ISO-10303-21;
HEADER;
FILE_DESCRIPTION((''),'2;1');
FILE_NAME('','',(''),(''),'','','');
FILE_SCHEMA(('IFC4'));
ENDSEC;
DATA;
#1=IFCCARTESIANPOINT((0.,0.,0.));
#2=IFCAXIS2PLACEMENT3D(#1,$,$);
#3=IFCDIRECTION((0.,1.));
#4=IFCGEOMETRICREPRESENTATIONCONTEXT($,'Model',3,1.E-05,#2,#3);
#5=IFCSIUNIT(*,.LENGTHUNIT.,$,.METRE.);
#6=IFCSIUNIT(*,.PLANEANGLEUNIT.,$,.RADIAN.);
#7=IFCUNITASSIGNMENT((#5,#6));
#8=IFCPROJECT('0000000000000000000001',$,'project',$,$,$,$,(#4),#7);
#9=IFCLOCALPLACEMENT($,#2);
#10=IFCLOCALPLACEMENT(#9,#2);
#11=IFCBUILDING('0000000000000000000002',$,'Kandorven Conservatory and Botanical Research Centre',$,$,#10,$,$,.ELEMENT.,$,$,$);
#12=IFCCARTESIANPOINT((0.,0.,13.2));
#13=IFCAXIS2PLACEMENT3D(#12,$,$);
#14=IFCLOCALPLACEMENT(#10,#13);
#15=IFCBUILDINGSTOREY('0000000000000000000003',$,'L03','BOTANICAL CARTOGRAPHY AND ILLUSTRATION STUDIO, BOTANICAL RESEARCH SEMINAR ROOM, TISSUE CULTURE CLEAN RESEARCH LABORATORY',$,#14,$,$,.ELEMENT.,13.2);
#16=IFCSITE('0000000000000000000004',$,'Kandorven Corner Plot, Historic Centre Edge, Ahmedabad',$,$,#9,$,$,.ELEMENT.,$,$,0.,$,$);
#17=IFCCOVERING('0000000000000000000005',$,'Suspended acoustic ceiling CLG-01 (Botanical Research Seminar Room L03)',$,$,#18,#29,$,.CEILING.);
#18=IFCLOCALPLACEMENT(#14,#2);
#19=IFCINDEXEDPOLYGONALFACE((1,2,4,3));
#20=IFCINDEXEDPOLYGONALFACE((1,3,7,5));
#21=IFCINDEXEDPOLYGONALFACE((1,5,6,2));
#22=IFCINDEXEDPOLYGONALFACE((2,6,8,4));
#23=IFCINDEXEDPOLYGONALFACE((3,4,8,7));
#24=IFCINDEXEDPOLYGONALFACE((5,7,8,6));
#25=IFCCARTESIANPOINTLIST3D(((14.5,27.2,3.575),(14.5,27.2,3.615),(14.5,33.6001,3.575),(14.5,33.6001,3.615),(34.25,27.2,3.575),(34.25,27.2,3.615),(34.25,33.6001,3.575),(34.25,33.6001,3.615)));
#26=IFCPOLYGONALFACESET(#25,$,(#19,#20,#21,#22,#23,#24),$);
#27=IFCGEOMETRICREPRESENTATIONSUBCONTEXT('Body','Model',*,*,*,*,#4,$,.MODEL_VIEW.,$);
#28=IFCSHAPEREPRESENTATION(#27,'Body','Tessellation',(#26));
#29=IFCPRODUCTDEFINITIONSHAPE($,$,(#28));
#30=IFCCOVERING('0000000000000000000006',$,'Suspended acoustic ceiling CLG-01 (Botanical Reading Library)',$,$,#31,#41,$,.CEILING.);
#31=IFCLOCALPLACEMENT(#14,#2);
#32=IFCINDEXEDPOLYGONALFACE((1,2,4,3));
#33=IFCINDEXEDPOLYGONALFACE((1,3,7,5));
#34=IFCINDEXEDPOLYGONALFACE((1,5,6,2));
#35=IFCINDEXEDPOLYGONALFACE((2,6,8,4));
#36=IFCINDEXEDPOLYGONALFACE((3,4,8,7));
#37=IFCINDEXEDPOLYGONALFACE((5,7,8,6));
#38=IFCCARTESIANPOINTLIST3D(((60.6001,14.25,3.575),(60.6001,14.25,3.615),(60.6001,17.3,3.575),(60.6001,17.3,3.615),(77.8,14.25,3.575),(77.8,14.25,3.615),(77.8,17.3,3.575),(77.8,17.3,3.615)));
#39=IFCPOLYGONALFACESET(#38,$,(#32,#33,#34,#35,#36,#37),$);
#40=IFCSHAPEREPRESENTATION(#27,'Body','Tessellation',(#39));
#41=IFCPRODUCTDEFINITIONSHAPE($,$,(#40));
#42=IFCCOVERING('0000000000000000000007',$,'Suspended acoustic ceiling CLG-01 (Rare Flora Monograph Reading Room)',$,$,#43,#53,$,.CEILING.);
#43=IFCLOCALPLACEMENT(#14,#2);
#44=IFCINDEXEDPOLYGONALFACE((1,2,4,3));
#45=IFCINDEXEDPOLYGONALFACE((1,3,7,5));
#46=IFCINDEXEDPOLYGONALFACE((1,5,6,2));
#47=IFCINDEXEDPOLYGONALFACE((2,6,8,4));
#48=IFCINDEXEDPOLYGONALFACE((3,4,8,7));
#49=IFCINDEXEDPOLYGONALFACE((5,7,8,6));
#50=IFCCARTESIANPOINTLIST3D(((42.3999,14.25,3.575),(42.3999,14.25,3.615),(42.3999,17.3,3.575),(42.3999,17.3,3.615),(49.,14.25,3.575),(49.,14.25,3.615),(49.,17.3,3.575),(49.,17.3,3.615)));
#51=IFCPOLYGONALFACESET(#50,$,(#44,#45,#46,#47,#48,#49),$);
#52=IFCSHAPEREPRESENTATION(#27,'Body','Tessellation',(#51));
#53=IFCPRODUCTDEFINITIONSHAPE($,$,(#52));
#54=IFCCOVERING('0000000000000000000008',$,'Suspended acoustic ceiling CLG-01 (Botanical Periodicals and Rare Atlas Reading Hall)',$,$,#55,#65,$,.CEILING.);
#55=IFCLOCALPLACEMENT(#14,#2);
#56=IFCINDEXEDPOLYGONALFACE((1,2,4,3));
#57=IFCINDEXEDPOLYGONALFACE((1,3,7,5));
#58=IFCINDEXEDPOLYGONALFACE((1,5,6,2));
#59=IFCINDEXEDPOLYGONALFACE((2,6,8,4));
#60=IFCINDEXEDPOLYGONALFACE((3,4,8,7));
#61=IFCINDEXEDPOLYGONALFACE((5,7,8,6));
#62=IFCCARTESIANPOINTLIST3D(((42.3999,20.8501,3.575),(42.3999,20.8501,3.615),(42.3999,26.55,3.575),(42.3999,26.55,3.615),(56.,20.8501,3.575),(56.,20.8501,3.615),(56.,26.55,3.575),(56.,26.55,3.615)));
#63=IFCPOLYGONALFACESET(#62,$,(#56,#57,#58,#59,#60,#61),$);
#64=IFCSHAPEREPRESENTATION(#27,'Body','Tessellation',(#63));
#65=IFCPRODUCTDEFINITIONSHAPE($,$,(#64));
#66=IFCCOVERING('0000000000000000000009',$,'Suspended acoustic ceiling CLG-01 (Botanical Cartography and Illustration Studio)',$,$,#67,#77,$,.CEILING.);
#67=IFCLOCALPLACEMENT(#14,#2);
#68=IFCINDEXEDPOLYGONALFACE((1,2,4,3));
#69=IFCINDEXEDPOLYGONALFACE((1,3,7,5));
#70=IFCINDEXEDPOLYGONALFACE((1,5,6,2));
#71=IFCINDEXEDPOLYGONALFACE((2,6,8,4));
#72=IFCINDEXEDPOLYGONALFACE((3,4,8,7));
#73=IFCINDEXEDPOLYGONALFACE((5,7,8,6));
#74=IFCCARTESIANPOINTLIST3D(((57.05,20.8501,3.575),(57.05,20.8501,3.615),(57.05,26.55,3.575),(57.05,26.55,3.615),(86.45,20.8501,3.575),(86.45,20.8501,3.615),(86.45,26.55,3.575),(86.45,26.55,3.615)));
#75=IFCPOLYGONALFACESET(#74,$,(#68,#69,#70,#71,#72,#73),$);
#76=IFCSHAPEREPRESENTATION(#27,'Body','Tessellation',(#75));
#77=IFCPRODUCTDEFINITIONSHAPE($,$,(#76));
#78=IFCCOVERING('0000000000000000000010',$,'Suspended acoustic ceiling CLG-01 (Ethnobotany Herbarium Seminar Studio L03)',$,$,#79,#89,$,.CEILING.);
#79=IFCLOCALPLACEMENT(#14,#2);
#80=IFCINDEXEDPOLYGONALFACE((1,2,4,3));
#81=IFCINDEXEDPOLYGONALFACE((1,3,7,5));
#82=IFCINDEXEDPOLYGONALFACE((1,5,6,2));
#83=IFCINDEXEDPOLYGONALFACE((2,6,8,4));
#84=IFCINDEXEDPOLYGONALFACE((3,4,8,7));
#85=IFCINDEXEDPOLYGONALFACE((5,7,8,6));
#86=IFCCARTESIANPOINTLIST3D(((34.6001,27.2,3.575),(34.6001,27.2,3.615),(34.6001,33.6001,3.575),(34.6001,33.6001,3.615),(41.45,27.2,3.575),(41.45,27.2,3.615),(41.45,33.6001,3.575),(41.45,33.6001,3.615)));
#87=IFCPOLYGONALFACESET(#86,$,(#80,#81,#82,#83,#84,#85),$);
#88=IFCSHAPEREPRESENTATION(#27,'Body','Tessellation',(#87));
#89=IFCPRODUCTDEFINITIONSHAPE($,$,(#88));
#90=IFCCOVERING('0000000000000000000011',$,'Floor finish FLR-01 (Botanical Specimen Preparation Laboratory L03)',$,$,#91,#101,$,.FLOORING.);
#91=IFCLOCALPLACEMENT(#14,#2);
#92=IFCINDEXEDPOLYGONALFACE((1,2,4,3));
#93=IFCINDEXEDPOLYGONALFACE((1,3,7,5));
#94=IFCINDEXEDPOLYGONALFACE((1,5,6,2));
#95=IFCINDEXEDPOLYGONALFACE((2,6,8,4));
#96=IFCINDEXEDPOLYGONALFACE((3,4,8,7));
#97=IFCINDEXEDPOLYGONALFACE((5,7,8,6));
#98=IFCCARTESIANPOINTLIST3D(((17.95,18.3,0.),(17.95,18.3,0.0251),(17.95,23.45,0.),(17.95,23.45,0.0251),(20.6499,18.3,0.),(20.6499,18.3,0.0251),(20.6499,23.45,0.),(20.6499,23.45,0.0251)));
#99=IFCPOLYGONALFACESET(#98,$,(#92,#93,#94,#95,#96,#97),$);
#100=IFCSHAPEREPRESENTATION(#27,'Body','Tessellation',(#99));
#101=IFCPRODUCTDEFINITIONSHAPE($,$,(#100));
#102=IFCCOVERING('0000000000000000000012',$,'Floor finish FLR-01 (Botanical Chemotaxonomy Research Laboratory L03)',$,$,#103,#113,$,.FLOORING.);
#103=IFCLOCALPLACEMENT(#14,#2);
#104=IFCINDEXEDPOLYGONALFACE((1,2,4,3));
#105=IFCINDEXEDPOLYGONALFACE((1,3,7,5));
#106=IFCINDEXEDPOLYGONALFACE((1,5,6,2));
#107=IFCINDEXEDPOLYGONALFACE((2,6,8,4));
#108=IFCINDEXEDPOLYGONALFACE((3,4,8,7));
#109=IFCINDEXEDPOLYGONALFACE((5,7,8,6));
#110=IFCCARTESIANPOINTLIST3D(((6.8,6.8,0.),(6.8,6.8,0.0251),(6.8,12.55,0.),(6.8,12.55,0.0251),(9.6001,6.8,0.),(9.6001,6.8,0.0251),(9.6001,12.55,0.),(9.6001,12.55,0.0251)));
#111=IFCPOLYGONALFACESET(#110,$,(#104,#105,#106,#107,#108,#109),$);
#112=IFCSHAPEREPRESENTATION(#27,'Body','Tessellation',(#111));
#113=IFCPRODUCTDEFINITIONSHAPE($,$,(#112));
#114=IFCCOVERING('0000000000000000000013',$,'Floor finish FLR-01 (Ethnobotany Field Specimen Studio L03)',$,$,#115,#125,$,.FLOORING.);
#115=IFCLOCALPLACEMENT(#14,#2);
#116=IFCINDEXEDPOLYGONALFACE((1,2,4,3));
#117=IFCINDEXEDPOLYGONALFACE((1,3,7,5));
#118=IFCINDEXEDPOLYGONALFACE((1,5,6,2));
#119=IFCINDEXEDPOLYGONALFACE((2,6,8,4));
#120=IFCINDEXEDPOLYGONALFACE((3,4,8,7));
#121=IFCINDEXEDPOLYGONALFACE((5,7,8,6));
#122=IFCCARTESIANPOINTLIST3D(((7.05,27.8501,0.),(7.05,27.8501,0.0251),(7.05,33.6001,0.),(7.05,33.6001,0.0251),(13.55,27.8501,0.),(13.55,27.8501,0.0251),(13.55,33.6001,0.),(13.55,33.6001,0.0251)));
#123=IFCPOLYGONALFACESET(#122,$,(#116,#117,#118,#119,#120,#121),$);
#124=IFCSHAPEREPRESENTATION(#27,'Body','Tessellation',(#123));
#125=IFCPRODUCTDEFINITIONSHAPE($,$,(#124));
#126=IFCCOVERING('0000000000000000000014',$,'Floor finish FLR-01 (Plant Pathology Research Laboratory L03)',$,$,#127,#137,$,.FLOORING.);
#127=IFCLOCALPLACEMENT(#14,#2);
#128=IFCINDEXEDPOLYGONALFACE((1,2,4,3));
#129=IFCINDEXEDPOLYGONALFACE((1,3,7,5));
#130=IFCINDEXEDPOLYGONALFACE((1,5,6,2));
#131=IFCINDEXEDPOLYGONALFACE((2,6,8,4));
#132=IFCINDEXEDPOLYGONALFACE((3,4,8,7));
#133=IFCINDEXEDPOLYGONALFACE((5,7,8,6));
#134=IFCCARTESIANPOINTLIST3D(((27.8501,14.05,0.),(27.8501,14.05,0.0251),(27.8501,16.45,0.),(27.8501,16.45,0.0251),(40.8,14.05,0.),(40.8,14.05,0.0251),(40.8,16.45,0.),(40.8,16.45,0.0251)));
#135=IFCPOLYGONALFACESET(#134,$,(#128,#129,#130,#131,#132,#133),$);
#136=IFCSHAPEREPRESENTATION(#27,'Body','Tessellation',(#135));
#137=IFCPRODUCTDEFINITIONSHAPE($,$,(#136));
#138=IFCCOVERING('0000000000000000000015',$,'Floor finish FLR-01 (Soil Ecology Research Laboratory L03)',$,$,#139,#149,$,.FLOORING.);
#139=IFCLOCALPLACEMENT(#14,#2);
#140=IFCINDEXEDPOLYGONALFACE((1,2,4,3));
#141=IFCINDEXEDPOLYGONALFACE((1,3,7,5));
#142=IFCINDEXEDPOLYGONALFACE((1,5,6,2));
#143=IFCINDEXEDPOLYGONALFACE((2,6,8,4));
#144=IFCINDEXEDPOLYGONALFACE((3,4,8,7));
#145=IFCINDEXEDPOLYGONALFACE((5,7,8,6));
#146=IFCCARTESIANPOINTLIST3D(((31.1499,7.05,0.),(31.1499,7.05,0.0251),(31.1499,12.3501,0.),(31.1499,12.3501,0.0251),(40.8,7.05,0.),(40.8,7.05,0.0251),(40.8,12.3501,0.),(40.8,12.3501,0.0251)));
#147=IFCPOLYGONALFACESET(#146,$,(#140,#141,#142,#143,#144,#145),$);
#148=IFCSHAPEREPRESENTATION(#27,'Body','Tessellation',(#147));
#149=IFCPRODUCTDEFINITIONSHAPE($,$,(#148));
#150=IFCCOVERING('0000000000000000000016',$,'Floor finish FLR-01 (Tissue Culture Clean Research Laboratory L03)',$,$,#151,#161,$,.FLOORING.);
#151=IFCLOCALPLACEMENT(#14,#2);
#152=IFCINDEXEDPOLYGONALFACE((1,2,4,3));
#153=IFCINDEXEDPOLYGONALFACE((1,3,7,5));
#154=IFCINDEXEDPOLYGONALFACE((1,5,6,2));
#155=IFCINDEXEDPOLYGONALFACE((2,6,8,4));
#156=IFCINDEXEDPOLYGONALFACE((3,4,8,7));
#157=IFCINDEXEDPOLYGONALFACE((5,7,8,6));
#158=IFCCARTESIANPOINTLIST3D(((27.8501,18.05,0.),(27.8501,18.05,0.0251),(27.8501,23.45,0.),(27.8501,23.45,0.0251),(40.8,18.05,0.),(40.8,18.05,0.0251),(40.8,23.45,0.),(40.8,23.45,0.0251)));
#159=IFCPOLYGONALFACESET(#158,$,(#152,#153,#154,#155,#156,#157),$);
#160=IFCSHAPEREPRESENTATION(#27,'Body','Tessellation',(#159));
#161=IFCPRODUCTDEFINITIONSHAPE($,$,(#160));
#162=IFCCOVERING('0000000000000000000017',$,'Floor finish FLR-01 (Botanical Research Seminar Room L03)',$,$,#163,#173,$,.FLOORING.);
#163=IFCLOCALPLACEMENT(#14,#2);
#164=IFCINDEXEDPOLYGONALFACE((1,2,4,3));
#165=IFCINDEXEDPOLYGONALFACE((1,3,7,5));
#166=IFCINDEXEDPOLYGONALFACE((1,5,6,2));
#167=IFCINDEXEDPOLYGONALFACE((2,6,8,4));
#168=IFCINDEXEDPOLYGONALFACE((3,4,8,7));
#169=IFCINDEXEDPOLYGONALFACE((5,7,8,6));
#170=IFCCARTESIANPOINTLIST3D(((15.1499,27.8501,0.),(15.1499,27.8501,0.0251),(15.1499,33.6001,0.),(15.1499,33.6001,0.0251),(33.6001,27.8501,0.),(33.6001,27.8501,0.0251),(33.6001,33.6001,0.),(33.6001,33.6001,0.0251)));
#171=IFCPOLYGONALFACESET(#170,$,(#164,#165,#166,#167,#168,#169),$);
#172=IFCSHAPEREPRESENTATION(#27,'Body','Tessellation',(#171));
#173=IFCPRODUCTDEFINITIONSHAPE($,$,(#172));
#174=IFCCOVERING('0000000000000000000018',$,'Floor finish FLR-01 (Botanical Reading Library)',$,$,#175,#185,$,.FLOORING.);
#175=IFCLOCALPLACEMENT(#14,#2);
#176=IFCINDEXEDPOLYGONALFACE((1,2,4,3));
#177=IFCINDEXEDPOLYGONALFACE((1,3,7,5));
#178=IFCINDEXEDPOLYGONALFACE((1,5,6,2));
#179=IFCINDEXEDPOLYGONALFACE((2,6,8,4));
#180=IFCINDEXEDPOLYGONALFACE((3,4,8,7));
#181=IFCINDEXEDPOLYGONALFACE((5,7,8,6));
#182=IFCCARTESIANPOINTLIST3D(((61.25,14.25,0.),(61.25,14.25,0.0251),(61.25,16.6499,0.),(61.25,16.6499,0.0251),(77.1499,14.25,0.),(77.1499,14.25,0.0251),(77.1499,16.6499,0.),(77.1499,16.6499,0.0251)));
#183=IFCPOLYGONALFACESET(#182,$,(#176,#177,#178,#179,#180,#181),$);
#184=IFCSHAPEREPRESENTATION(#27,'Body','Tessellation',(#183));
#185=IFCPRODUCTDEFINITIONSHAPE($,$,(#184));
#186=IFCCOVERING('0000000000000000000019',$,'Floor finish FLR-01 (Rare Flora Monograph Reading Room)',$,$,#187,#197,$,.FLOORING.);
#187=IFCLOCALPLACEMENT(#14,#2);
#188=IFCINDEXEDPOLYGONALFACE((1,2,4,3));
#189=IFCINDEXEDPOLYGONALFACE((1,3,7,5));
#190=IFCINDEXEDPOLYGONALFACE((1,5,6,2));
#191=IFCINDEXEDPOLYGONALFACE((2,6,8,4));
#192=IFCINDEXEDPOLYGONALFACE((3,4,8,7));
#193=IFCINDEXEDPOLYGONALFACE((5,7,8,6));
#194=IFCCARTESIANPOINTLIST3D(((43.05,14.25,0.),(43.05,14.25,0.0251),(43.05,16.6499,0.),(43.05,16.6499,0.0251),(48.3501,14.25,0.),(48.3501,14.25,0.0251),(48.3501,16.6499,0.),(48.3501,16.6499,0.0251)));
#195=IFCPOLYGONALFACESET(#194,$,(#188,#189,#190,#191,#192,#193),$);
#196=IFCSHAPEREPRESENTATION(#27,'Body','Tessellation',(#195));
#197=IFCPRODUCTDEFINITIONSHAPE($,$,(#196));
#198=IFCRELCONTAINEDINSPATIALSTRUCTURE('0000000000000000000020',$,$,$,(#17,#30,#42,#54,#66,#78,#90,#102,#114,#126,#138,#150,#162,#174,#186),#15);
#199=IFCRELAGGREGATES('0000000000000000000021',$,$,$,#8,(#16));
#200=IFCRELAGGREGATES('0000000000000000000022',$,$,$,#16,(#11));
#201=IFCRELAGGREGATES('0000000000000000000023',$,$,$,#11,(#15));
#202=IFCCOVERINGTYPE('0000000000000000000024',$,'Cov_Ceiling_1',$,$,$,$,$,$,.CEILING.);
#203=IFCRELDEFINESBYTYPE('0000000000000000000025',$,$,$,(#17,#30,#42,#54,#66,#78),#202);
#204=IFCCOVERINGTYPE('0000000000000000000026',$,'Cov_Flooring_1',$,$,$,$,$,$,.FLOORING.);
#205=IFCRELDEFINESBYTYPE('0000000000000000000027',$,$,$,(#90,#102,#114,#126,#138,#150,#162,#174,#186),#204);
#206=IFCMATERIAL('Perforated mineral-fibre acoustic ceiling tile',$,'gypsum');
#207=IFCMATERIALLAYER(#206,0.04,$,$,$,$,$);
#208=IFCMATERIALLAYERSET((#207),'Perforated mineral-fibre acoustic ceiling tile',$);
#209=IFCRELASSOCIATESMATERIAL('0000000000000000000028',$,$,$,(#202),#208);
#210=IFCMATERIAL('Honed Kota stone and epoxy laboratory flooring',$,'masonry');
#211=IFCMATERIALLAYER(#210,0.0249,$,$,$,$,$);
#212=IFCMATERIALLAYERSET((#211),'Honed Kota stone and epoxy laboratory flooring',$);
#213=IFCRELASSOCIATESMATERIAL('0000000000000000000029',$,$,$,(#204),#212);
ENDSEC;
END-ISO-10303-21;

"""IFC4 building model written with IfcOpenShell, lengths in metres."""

from ifc_helpers import new_model, si_unit, direction, frame, origin, place, context, subcontext, project, spatial, polyline, outline, extrude, material, layer, layer_set, type_object, element, save


model = new_model("IFC4")

# Units and contexts
model_context = context("Model", 3, precision=1e-05, world=origin(), true_north=direction((0.0, 1.0)))
body_context = subcontext(model_context, "Body", "Model", "MODEL_VIEW")
ifc_project = project(units=[si_unit("LENGTHUNIT", "METRE"), si_unit("PLANEANGLEUNIT", "RADIAN")], contexts=[model_context])

# Site, building, storey
site_placement = place(None, origin())
site = spatial("IfcSite", under=ifc_project, at=site_placement, Name="Kandorven Corner Plot, Historic Centre Edge, Ahmedabad", CompositionType="ELEMENT", RefElevation=0.0)
building_placement = place(site_placement, origin())
building = spatial("IfcBuilding", under=site, at=building_placement, Name="Kandorven Conservatory and Botanical Research Centre", CompositionType="ELEMENT")
storey_placement = place(building_placement, frame((0.0, 0.0, 13.2)))
storey = spatial("IfcBuildingStorey", under=building, at=storey_placement, Name="L03", Description="BOTANICAL CARTOGRAPHY AND ILLUSTRATION STUDIO, BOTANICAL RESEARCH SEMINAR ROOM, TISSUE CULTURE CLEAN RESEARCH LABORATORY", CompositionType="ELEMENT", Elevation=13.2)

# Coverings
ifc_material_1 = material(Name="Perforated mineral-fibre acoustic ceiling tile", Category="gypsum")
ifc_layer_1 = layer(ifc_material_1, 0.04)
ifc_layer_set_1 = layer_set([ifc_layer_1], Name="Perforated mineral-fibre acoustic ceiling tile")
covering_type_1 = type_object("IfcCoveringType", Name="Cov_Ceiling_1", PredefinedType="CEILING", material=ifc_layer_set_1)
covering_1_placement = place(storey_placement, frame((0.0, 0.0, 3.575)))
element("IfcCovering", 1, at=covering_1_placement, inside=storey, type_object=covering_type_1, Name="Suspended acoustic ceiling CLG-01 (Botanical Research Seminar Room L03)", PredefinedType="CEILING", context=body_context, shape_type="SweptSolid", body=[
    extrude(outline(polyline([(14.5, 27.2), (34.25, 27.2), (34.25, 33.6001), (14.5, 33.6001), (14.5, 27.2)])), origin(), (0.0, 0.0, 1.0), 0.04),
])
covering_2_placement = place(storey_placement, frame((0.0, 0.0, 3.575)))
element("IfcCovering", 2, at=covering_2_placement, inside=storey, type_object=covering_type_1, Name="Suspended acoustic ceiling CLG-01 (Botanical Reading Library)", PredefinedType="CEILING", context=body_context, shape_type="SweptSolid", body=[
    extrude(outline(polyline([(60.6001, 14.25), (77.8, 14.25), (77.8, 17.3), (60.6001, 17.3), (60.6001, 14.25)])), origin(), (0.0, 0.0, 1.0), 0.04),
])
covering_3_placement = place(storey_placement, frame((0.0, 0.0, 3.575)))
element("IfcCovering", 3, at=covering_3_placement, inside=storey, type_object=covering_type_1, Name="Suspended acoustic ceiling CLG-01 (Rare Flora Monograph Reading Room)", PredefinedType="CEILING", context=body_context, shape_type="SweptSolid", body=[
    extrude(outline(polyline([(42.3999, 14.25), (49.0, 14.25), (49.0, 17.3), (42.3999, 17.3), (42.3999, 14.25)])), origin(), (0.0, 0.0, 1.0), 0.04),
])
covering_4_placement = place(storey_placement, frame((0.0, 0.0, 3.575)))
element("IfcCovering", 4, at=covering_4_placement, inside=storey, type_object=covering_type_1, Name="Suspended acoustic ceiling CLG-01 (Botanical Periodicals and Rare Atlas Reading Hall)", PredefinedType="CEILING", context=body_context, shape_type="SweptSolid", body=[
    extrude(outline(polyline([(42.3999, 20.8501), (56.0, 20.8501), (56.0, 26.55), (42.3999, 26.55), (42.3999, 20.8501)])), origin(), (0.0, 0.0, 1.0), 0.04),
])
covering_5_placement = place(storey_placement, frame((0.0, 0.0, 3.575)))
element("IfcCovering", 5, at=covering_5_placement, inside=storey, type_object=covering_type_1, Name="Suspended acoustic ceiling CLG-01 (Botanical Cartography and Illustration Studio)", PredefinedType="CEILING", context=body_context, shape_type="SweptSolid", body=[
    extrude(outline(polyline([(57.05, 20.8501), (86.45, 20.8501), (86.45, 26.55), (57.05, 26.55), (57.05, 20.8501)])), origin(), (0.0, 0.0, 1.0), 0.04),
])
covering_6_placement = place(storey_placement, frame((0.0, 0.0, 3.575)))
element("IfcCovering", 6, at=covering_6_placement, inside=storey, type_object=covering_type_1, Name="Suspended acoustic ceiling CLG-01 (Ethnobotany Herbarium Seminar Studio L03)", PredefinedType="CEILING", context=body_context, shape_type="SweptSolid", body=[
    extrude(outline(polyline([(34.6001, 27.2), (41.45, 27.2), (41.45, 33.6001), (34.6001, 33.6001), (34.6001, 27.2)])), origin(), (0.0, 0.0, 1.0), 0.04),
])
ifc_material_2 = material(Name="Honed Kota stone and epoxy laboratory flooring", Category="masonry")
ifc_layer_2 = layer(ifc_material_2, 0.0249)
ifc_layer_set_2 = layer_set([ifc_layer_2], Name="Honed Kota stone and epoxy laboratory flooring")
covering_type_2 = type_object("IfcCoveringType", Name="Cov_Flooring_1", PredefinedType="FLOORING", material=ifc_layer_set_2)
covering_7_placement = place(storey_placement, origin())
element("IfcCovering", 7, at=covering_7_placement, inside=storey, type_object=covering_type_2, Name="Floor finish FLR-01 (Botanical Specimen Preparation Laboratory L03)", PredefinedType="FLOORING", context=body_context, shape_type="SweptSolid", body=[
    extrude(outline(polyline([(17.95, 18.3), (20.6499, 18.3), (20.6499, 23.45), (17.95, 23.45), (17.95, 18.3)])), origin(), (0.0, 0.0, 1.0), 0.0251),
])
covering_8_placement = place(storey_placement, origin())
element("IfcCovering", 8, at=covering_8_placement, inside=storey, type_object=covering_type_2, Name="Floor finish FLR-01 (Botanical Chemotaxonomy Research Laboratory L03)", PredefinedType="FLOORING", context=body_context, shape_type="SweptSolid", body=[
    extrude(outline(polyline([(6.8, 6.8), (9.6001, 6.8), (9.6001, 12.55), (6.8, 12.55), (6.8, 6.8)])), origin(), (0.0, 0.0, 1.0), 0.0251),
])
covering_9_placement = place(storey_placement, origin())
element("IfcCovering", 9, at=covering_9_placement, inside=storey, type_object=covering_type_2, Name="Floor finish FLR-01 (Ethnobotany Field Specimen Studio L03)", PredefinedType="FLOORING", context=body_context, shape_type="SweptSolid", body=[
    extrude(outline(polyline([(7.05, 27.8501), (13.55, 27.8501), (13.55, 33.6001), (7.05, 33.6001), (7.05, 27.8501)])), origin(), (0.0, 0.0, 1.0), 0.0251),
])
covering_10_placement = place(storey_placement, origin())
element("IfcCovering", 10, at=covering_10_placement, inside=storey, type_object=covering_type_2, Name="Floor finish FLR-01 (Plant Pathology Research Laboratory L03)", PredefinedType="FLOORING", context=body_context, shape_type="SweptSolid", body=[
    extrude(outline(polyline([(27.8501, 14.05), (40.8, 14.05), (40.8, 16.45), (27.8501, 16.45), (27.8501, 14.05)])), origin(), (0.0, 0.0, 1.0), 0.0251),
])
covering_11_placement = place(storey_placement, origin())
element("IfcCovering", 11, at=covering_11_placement, inside=storey, type_object=covering_type_2, Name="Floor finish FLR-01 (Soil Ecology Research Laboratory L03)", PredefinedType="FLOORING", context=body_context, shape_type="SweptSolid", body=[
    extrude(outline(polyline([(31.1499, 7.05), (40.8, 7.05), (40.8, 12.3501), (31.1499, 12.3501), (31.1499, 7.05)])), origin(), (0.0, 0.0, 1.0), 0.0251),
])
covering_12_placement = place(storey_placement, origin())
element("IfcCovering", 12, at=covering_12_placement, inside=storey, type_object=covering_type_2, Name="Floor finish FLR-01 (Tissue Culture Clean Research Laboratory L03)", PredefinedType="FLOORING", context=body_context, shape_type="SweptSolid", body=[
    extrude(outline(polyline([(27.8501, 18.05), (40.8, 18.05), (40.8, 23.45), (27.8501, 23.45), (27.8501, 18.05)])), origin(), (0.0, 0.0, 1.0), 0.0251),
])
covering_13_placement = place(storey_placement, origin())
element("IfcCovering", 13, at=covering_13_placement, inside=storey, type_object=covering_type_2, Name="Floor finish FLR-01 (Botanical Research Seminar Room L03)", PredefinedType="FLOORING", context=body_context, shape_type="SweptSolid", body=[
    extrude(outline(polyline([(15.1499, 27.8501), (33.6001, 27.8501), (33.6001, 33.6001), (15.1499, 33.6001), (15.1499, 27.8501)])), origin(), (0.0, 0.0, 1.0), 0.0251),
])
covering_14_placement = place(storey_placement, origin())
element("IfcCovering", 14, at=covering_14_placement, inside=storey, type_object=covering_type_2, Name="Floor finish FLR-01 (Botanical Reading Library)", PredefinedType="FLOORING", context=body_context, shape_type="SweptSolid", body=[
    extrude(outline(polyline([(61.25, 14.25), (77.1499, 14.25), (77.1499, 16.6499), (61.25, 16.6499), (61.25, 14.25)])), origin(), (0.0, 0.0, 1.0), 0.0251),
])
covering_15_placement = place(storey_placement, origin())
element("IfcCovering", 15, at=covering_15_placement, inside=storey, type_object=covering_type_2, Name="Floor finish FLR-01 (Rare Flora Monograph Reading Room)", PredefinedType="FLOORING", context=body_context, shape_type="SweptSolid", body=[
    extrude(outline(polyline([(43.05, 14.25), (48.3501, 14.25), (48.3501, 16.6499), (43.05, 16.6499), (43.05, 14.25)])), origin(), (0.0, 0.0, 1.0), 0.0251),
])

save(model, "model.ifc")
